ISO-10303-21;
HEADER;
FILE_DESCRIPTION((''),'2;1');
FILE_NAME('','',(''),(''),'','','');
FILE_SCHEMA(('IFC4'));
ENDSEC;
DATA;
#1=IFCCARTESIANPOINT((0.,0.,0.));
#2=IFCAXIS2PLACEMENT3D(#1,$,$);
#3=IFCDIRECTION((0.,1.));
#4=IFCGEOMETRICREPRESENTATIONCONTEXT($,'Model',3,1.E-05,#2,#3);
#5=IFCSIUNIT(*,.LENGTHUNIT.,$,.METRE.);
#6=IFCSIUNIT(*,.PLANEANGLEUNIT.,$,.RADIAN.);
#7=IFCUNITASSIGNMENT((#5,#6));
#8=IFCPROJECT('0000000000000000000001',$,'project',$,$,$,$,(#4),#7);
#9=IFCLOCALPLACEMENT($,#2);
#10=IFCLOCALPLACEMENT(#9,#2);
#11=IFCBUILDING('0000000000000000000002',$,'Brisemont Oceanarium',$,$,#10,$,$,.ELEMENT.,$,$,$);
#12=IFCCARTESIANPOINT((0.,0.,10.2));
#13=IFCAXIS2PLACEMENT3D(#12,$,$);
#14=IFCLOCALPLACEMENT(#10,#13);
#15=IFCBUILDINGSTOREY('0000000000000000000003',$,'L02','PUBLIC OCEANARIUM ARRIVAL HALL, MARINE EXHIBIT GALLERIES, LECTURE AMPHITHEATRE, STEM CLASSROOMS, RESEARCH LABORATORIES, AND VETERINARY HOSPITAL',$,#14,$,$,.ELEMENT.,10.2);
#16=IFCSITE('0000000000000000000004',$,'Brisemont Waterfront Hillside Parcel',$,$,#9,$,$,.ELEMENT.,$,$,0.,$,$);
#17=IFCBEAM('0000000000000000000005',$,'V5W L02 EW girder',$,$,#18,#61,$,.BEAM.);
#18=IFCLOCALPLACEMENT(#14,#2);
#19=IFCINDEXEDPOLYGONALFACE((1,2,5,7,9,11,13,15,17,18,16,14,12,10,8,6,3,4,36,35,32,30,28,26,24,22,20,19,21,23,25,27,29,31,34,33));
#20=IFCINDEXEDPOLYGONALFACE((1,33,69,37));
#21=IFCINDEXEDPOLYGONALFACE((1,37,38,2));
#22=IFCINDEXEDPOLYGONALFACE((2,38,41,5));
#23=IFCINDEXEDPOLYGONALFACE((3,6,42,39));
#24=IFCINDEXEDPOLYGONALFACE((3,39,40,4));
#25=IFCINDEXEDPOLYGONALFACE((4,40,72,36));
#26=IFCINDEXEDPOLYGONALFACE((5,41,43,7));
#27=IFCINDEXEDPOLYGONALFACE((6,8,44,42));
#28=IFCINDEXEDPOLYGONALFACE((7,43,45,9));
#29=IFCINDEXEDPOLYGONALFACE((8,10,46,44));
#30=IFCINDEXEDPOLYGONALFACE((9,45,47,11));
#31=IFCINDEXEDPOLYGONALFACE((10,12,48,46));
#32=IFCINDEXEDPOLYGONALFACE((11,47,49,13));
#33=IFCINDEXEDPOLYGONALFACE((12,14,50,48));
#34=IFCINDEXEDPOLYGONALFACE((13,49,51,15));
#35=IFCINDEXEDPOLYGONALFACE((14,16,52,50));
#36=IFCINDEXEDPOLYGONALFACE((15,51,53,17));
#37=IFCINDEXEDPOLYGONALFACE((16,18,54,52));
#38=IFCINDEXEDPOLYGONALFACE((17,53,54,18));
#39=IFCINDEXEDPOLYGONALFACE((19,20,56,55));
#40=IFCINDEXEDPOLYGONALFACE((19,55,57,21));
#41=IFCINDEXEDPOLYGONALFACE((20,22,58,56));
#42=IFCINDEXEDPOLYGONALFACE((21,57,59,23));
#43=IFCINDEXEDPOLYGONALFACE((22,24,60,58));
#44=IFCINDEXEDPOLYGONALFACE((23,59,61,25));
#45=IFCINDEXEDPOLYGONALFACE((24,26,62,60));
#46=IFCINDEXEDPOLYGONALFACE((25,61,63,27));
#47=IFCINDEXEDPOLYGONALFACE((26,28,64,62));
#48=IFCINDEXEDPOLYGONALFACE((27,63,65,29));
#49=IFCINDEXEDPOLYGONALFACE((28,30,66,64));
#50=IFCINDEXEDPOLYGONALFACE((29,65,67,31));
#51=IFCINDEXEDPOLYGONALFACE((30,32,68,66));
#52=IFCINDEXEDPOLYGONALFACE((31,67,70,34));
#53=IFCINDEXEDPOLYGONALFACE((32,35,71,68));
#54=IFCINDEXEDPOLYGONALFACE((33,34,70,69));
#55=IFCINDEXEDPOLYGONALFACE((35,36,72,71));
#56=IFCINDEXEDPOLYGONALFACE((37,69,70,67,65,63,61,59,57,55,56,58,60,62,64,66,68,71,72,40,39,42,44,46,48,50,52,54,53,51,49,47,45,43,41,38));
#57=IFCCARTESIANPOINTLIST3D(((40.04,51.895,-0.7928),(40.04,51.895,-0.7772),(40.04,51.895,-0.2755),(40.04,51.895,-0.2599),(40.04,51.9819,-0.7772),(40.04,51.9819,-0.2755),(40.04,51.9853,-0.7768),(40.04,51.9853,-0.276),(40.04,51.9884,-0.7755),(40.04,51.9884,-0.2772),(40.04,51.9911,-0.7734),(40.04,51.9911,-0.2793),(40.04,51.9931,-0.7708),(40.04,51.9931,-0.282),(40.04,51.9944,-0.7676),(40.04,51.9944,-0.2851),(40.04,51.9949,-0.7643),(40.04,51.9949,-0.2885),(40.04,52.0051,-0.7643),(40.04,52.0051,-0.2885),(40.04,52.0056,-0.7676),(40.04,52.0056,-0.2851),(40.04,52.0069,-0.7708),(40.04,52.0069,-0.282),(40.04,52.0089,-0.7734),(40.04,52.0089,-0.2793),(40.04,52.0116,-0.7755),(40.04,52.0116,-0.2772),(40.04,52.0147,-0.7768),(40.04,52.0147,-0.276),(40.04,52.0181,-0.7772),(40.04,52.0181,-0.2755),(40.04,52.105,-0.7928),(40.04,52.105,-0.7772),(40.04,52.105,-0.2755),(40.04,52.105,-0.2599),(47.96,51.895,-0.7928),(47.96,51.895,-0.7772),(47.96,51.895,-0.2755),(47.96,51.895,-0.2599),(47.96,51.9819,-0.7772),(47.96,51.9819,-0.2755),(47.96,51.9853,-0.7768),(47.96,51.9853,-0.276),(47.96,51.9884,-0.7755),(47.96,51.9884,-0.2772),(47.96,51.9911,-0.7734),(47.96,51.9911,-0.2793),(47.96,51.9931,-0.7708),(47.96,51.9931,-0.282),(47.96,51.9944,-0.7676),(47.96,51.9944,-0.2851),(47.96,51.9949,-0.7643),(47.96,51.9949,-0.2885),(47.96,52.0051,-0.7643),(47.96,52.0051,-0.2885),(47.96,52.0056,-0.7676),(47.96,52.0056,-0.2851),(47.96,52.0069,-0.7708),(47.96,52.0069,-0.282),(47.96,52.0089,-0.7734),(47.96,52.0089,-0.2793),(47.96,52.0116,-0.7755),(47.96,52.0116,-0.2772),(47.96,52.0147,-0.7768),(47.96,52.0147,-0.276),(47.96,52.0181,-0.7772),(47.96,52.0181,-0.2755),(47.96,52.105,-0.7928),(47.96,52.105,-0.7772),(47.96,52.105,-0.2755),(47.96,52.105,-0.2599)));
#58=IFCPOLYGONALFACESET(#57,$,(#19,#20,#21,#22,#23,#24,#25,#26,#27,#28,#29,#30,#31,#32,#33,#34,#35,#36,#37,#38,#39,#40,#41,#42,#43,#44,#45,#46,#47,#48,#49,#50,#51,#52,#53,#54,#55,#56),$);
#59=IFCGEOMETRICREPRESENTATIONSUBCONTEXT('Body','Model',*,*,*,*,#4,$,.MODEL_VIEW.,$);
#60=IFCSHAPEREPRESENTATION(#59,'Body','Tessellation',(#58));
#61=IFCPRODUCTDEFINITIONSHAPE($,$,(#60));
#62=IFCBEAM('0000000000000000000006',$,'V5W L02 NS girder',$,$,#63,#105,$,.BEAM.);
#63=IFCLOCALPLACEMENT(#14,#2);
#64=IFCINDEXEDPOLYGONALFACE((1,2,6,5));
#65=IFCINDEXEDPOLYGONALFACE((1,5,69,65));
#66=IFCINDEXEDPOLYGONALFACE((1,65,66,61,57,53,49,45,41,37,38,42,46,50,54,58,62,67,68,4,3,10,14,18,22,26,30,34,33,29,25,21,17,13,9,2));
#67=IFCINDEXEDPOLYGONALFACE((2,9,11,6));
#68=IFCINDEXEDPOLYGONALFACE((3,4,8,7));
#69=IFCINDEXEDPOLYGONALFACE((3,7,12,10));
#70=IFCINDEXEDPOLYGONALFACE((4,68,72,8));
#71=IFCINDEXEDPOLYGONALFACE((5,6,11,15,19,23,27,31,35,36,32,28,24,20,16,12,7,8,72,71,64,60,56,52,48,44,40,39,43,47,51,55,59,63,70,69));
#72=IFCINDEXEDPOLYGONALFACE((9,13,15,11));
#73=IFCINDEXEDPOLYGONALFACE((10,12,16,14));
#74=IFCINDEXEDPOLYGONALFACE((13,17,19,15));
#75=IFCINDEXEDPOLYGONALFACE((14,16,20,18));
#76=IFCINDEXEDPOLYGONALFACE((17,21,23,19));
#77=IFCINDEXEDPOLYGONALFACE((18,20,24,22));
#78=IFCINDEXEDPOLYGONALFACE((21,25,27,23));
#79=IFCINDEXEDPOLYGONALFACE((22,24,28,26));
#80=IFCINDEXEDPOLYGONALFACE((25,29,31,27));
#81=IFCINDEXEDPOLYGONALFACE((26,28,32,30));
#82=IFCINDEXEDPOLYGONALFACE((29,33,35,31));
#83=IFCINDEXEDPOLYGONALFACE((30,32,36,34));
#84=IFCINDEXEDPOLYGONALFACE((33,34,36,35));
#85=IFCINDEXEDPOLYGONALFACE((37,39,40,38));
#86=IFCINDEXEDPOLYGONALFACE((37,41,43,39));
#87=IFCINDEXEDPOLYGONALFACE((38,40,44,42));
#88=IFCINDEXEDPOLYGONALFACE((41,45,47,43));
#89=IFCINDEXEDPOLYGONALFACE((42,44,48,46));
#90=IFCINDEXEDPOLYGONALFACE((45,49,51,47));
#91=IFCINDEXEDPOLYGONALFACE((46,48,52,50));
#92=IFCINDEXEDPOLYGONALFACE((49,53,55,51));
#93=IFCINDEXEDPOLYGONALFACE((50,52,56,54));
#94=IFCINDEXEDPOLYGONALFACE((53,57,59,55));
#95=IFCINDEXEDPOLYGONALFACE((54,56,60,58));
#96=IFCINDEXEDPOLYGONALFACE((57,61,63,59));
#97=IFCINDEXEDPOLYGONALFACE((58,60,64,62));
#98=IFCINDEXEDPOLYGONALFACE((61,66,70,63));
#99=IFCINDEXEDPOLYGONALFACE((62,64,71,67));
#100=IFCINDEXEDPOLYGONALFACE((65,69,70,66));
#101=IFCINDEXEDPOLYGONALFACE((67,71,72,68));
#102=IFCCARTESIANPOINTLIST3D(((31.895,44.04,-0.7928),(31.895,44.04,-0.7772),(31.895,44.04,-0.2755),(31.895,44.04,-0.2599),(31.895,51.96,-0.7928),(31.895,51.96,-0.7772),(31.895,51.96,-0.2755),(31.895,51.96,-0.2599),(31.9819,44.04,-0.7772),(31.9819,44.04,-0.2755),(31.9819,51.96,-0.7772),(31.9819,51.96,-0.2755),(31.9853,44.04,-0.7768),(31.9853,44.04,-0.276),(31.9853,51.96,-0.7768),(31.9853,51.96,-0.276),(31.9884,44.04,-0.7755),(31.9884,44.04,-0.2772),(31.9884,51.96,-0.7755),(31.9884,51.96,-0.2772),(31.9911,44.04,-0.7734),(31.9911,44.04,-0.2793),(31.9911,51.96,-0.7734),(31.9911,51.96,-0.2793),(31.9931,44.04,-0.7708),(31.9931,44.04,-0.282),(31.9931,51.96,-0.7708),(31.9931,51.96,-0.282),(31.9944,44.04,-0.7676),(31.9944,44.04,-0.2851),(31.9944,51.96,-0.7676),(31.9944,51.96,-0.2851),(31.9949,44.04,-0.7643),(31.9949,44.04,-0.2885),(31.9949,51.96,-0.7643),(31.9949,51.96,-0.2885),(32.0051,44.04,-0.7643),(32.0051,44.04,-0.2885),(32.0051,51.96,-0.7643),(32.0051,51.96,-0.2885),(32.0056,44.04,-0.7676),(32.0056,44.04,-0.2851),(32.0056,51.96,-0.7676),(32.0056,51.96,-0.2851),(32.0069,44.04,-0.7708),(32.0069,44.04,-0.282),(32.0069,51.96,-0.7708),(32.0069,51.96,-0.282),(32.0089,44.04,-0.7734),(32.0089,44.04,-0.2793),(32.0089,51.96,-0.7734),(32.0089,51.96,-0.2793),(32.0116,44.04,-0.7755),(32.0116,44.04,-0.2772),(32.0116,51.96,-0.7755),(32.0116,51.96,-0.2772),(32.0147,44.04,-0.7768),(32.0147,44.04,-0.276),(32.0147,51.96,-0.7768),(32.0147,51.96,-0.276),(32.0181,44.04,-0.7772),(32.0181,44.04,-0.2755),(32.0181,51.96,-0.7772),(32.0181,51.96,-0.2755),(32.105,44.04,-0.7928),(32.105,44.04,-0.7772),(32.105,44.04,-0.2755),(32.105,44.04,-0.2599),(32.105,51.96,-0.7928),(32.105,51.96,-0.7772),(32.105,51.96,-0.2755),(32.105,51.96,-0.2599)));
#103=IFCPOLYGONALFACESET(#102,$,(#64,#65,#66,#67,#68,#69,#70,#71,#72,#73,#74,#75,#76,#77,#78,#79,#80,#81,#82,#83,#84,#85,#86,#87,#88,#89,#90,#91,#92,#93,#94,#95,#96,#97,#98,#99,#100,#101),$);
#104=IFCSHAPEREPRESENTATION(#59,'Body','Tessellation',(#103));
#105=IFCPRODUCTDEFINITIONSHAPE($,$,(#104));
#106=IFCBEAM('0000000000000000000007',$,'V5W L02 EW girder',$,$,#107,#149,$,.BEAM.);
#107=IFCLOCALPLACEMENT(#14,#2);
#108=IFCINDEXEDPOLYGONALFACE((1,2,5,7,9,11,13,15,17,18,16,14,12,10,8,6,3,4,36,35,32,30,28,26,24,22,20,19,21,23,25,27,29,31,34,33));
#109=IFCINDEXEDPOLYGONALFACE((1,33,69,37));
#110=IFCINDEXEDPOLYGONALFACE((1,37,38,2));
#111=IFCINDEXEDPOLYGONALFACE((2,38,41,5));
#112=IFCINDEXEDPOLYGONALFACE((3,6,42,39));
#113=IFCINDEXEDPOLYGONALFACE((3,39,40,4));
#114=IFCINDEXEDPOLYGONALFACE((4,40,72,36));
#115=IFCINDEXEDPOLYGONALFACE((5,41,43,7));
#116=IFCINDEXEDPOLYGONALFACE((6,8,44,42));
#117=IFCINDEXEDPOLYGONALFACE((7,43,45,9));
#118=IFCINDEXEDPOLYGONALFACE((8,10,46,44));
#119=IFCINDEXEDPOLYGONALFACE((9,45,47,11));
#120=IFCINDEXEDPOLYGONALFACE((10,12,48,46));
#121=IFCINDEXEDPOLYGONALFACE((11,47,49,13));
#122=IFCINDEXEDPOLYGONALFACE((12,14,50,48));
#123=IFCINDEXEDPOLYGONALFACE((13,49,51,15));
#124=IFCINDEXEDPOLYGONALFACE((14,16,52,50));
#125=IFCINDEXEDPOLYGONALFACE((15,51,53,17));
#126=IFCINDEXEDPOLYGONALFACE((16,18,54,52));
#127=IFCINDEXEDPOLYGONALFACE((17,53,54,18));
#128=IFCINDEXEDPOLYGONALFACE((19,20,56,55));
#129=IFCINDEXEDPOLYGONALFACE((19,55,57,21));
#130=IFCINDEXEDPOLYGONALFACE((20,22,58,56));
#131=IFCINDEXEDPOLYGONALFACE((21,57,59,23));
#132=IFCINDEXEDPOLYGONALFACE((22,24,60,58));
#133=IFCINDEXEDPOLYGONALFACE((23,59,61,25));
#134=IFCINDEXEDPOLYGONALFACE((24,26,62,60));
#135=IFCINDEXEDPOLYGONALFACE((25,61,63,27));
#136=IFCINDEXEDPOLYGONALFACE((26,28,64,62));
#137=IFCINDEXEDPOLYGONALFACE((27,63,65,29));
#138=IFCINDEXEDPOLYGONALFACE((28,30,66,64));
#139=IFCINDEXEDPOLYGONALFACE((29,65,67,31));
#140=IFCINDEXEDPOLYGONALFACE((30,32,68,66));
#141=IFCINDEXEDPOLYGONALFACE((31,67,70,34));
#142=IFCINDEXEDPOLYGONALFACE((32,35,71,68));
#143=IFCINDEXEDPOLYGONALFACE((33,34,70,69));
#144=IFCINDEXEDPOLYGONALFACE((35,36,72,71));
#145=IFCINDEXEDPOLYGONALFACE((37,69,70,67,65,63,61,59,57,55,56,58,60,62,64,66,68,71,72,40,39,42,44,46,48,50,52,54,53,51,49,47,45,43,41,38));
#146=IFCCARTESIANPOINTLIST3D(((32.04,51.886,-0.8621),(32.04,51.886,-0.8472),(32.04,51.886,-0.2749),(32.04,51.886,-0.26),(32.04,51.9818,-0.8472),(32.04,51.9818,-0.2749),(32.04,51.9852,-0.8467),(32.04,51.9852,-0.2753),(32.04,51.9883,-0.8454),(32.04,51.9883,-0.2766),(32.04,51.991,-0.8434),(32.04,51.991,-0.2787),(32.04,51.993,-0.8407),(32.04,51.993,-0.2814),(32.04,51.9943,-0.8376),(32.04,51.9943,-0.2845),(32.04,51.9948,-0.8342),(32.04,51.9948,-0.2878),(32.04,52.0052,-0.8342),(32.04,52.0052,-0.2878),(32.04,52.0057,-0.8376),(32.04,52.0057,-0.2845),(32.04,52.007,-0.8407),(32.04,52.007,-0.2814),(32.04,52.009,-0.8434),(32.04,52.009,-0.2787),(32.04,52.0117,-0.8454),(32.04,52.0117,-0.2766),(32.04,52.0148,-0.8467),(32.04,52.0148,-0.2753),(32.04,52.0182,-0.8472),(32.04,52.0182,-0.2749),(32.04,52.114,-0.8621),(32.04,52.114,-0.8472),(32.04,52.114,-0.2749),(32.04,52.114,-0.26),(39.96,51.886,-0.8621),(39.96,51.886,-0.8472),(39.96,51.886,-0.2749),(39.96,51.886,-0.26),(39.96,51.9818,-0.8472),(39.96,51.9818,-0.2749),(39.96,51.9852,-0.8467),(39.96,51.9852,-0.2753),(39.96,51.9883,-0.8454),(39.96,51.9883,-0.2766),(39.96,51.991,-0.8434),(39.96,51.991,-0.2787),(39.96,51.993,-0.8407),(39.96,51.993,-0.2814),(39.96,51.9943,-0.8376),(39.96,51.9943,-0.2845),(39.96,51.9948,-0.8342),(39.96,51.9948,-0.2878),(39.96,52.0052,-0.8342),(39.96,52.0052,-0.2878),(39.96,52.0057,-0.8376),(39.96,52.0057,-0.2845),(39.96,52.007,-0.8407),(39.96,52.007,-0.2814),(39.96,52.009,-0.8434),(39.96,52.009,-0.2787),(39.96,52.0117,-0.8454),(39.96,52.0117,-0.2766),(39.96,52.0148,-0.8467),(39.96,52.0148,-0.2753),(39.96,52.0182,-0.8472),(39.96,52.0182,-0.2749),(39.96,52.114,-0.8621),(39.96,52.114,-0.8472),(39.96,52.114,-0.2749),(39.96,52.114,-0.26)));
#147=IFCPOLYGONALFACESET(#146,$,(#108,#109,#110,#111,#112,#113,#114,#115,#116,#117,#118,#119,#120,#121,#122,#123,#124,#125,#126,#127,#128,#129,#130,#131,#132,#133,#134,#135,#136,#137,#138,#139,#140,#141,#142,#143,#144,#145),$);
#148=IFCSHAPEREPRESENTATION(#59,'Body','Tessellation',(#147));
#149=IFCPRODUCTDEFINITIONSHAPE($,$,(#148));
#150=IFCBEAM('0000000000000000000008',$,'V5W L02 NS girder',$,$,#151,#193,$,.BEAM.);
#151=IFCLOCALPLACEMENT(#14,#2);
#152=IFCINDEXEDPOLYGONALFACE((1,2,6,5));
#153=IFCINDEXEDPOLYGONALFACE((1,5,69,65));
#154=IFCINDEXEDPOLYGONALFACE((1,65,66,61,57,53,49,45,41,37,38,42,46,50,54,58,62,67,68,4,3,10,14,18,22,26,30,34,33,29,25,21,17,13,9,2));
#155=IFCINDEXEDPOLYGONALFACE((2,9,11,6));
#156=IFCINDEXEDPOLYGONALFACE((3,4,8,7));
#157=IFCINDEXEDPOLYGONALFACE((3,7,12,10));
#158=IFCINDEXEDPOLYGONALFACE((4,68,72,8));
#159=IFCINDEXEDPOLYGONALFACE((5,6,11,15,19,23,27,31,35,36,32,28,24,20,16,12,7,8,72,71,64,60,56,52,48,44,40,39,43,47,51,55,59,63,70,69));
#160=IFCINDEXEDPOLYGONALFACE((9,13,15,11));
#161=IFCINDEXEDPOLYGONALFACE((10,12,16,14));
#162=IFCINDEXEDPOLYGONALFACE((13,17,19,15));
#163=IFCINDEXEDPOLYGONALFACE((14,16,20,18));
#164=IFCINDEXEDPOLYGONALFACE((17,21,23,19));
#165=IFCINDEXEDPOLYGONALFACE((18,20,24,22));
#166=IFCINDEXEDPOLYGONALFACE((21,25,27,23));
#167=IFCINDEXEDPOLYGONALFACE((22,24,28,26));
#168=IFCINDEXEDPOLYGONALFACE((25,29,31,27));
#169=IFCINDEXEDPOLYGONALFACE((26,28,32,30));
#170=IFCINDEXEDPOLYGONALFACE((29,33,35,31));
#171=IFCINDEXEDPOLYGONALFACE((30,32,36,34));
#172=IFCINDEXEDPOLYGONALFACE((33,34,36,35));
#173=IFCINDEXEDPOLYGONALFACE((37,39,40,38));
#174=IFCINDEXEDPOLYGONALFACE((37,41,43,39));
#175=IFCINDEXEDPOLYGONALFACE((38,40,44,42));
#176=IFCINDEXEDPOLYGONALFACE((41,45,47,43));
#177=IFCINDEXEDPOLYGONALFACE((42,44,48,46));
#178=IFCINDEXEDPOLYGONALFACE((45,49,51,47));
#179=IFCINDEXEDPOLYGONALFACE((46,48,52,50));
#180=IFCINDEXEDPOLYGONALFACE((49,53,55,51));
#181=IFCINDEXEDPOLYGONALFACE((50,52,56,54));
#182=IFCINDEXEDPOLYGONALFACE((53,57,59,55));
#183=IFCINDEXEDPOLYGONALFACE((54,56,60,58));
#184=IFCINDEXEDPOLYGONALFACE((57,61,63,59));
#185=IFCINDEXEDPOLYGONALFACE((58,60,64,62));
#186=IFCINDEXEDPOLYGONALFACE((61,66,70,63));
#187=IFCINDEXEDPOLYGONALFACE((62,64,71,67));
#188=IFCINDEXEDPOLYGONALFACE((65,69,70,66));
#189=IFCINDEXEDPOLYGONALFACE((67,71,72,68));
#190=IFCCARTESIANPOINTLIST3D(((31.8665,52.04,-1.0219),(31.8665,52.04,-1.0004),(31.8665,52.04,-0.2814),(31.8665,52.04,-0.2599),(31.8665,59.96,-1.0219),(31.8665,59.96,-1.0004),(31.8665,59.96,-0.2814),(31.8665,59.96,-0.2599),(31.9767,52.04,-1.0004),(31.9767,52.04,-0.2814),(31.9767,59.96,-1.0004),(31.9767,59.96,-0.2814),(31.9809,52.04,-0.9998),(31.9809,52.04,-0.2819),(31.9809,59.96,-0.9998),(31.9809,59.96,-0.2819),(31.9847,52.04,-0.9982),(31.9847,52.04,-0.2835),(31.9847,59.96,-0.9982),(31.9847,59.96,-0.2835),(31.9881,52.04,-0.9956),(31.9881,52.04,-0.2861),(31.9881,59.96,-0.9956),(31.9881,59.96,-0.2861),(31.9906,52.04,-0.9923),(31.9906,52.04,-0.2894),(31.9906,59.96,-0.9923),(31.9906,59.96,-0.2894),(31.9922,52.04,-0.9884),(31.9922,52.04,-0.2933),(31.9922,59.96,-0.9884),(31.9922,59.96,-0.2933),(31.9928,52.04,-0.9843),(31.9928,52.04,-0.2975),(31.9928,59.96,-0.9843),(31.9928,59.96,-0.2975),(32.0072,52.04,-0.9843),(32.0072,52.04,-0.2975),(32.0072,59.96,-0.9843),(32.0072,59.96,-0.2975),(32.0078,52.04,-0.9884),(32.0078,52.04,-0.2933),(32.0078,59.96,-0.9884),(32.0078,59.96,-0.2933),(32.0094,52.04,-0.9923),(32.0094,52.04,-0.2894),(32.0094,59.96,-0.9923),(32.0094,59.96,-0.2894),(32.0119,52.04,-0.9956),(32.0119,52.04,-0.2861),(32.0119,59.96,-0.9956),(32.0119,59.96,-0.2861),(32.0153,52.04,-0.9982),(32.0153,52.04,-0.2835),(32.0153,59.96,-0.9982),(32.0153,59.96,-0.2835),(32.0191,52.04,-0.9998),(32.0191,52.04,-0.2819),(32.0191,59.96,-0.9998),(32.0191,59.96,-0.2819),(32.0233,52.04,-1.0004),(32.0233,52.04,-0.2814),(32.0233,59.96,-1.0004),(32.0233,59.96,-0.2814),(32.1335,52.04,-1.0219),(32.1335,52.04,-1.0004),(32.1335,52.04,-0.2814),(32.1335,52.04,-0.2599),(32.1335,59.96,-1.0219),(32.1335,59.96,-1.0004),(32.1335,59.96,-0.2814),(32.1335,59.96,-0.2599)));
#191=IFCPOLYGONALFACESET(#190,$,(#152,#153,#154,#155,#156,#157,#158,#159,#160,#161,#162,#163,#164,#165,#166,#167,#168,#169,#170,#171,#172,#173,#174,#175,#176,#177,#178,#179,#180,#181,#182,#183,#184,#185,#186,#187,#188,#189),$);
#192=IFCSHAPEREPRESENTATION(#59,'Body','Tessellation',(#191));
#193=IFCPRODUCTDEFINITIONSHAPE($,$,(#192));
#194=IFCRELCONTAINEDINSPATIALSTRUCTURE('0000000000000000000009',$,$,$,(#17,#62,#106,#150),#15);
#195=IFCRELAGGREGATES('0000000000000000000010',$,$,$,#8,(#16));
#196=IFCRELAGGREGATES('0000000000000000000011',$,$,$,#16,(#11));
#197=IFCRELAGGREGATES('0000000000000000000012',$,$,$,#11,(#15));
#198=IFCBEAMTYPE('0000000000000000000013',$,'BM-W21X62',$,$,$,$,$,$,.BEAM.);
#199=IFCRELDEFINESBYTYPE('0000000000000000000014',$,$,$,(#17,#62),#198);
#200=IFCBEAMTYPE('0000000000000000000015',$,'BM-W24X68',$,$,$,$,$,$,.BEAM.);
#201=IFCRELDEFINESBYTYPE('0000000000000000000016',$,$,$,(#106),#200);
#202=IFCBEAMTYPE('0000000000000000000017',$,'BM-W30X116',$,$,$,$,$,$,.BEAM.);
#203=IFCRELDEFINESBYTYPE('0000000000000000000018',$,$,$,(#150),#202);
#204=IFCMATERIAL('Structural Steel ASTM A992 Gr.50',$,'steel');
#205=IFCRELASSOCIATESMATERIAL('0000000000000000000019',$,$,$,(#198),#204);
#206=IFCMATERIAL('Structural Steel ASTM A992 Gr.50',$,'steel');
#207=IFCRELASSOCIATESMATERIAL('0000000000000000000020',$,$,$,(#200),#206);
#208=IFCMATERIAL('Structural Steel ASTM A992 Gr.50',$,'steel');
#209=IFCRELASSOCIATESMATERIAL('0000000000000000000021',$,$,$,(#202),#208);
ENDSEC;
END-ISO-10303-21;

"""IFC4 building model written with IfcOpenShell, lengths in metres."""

from ifc_helpers import new_model, si_unit, direction, frame, origin, origin_2d, place, context, subcontext, project, spatial, i_section, extrude, material, material_profile, profile_set, type_object, element, save


model = new_model("IFC4")

# Units and contexts
model_context = context("Model", 3, precision=1e-05, world=origin(), true_north=direction((0.0, 1.0)))
body_context = subcontext(model_context, "Body", "Model", "MODEL_VIEW")
ifc_project = project(units=[si_unit("LENGTHUNIT", "METRE"), si_unit("PLANEANGLEUNIT", "RADIAN")], contexts=[model_context])

# Site, building, storey
site_placement = place(None, origin())
site = spatial("IfcSite", under=ifc_project, at=site_placement, Name="Brisemont Waterfront Hillside Parcel", CompositionType="ELEMENT", RefElevation=0.0)
building_placement = place(site_placement, origin())
building = spatial("IfcBuilding", under=site, at=building_placement, Name="Brisemont Oceanarium", CompositionType="ELEMENT")
storey_placement = place(building_placement, frame((0.0, 0.0, 10.2)))
storey = spatial("IfcBuildingStorey", under=building, at=storey_placement, Name="L02", Description="PUBLIC OCEANARIUM ARRIVAL HALL, MARINE EXHIBIT GALLERIES, LECTURE AMPHITHEATRE, STEM CLASSROOMS, RESEARCH LABORATORIES, AND VETERINARY HOSPITAL", CompositionType="ELEMENT", Elevation=10.2)

# Beams
ifc_material_1 = material(Name="Structural Steel ASTM A992 Gr.50", Category="steel")
ifc_material_profile_1 = material_profile(ifc_material_1, i_section(OverallWidth=0.21, OverallDepth=0.533, WebThickness=0.0103, FlangeThickness=0.0156, FilletRadius=0.0129, at=origin_2d()), Name="W21X62")
ifc_profile_set_1 = profile_set([ifc_material_profile_1], Name="Structural Steel ASTM A992 Gr.50")
beam_type_1 = type_object("IfcBeamType", Name="BM-W21X62", PredefinedType="BEAM", material=ifc_profile_set_1)
for number, where, z_axis, x_axis, name in (
    (1, (40.04, 52.0, -0.5264), (1.0, 0.0, 0.0), (0.0, 1.0, 0.0), "V5W L02 EW girder"),
    (2, (32.0, 44.04, -0.5264), (0.0, 1.0, 0.0), (-1.0, 0.0, 0.0), "V5W L02 NS girder"),
):
    element("IfcBeam", number, at=place(storey_placement, frame(where, z_axis=z_axis, x_axis=x_axis)), inside=storey, type_object=beam_type_1, Name=name, PredefinedType="BEAM", context=body_context, shape_type="SweptSolid", body=[
        extrude(i_section(OverallWidth=0.21, OverallDepth=0.533, WebThickness=0.0103, FlangeThickness=0.0156, FilletRadius=0.0129, at=origin_2d()), origin(), (0.0, 0.0, 1.0), 7.9199),
    ])
ifc_material_2 = material(Name="Structural Steel ASTM A992 Gr.50", Category="steel")
ifc_material_profile_2 = material_profile(ifc_material_2, i_section(OverallWidth=0.228, OverallDepth=0.6021, WebThickness=0.0105, FlangeThickness=0.0149, FilletRadius=0.0129, at=origin_2d()), Name="W24X68")
ifc_profile_set_2 = profile_set([ifc_material_profile_2], Name="Structural Steel ASTM A992 Gr.50")
beam_type_2 = type_object("IfcBeamType", Name="BM-W24X68", PredefinedType="BEAM", material=ifc_profile_set_2)
beam_1_placement = place(storey_placement, frame((32.04, 52.0, -0.561), z_axis=(1.0, 0.0, 0.0), x_axis=(0.0, 1.0, 0.0)))
element("IfcBeam", 3, at=beam_1_placement, inside=storey, type_object=beam_type_2, Name="V5W L02 EW girder", PredefinedType="BEAM", context=body_context, shape_type="SweptSolid", body=[
    extrude(i_section(OverallWidth=0.228, OverallDepth=0.6021, WebThickness=0.0105, FlangeThickness=0.0149, FilletRadius=0.0129, at=origin_2d()), origin(), (0.0, 0.0, 1.0), 7.9199),
])
ifc_material_3 = material(Name="Structural Steel ASTM A992 Gr.50", Category="steel")
ifc_material_profile_3 = material_profile(ifc_material_3, i_section(OverallWidth=0.2671, OverallDepth=0.762, WebThickness=0.0144, FlangeThickness=0.0215, FilletRadius=0.0161, at=origin_2d()), Name="W30X116")
ifc_profile_set_3 = profile_set([ifc_material_profile_3], Name="Structural Steel ASTM A992 Gr.50")
beam_type_3 = type_object("IfcBeamType", Name="BM-W30X116", PredefinedType="BEAM", material=ifc_profile_set_3)
beam_2_placement = place(storey_placement, frame((32.0, 52.04, -0.6409), z_axis=(0.0, 1.0, 0.0), x_axis=(-1.0, 0.0, 0.0)))
element("IfcBeam", 4, at=beam_2_placement, inside=storey, type_object=beam_type_3, Name="V5W L02 NS girder", PredefinedType="BEAM", context=body_context, shape_type="SweptSolid", body=[
    extrude(i_section(OverallWidth=0.2671, OverallDepth=0.762, WebThickness=0.0144, FlangeThickness=0.0215, FilletRadius=0.0161, at=origin_2d()), origin(), (0.0, 0.0, 1.0), 7.9199),
])

save(model, "model.ifc")
